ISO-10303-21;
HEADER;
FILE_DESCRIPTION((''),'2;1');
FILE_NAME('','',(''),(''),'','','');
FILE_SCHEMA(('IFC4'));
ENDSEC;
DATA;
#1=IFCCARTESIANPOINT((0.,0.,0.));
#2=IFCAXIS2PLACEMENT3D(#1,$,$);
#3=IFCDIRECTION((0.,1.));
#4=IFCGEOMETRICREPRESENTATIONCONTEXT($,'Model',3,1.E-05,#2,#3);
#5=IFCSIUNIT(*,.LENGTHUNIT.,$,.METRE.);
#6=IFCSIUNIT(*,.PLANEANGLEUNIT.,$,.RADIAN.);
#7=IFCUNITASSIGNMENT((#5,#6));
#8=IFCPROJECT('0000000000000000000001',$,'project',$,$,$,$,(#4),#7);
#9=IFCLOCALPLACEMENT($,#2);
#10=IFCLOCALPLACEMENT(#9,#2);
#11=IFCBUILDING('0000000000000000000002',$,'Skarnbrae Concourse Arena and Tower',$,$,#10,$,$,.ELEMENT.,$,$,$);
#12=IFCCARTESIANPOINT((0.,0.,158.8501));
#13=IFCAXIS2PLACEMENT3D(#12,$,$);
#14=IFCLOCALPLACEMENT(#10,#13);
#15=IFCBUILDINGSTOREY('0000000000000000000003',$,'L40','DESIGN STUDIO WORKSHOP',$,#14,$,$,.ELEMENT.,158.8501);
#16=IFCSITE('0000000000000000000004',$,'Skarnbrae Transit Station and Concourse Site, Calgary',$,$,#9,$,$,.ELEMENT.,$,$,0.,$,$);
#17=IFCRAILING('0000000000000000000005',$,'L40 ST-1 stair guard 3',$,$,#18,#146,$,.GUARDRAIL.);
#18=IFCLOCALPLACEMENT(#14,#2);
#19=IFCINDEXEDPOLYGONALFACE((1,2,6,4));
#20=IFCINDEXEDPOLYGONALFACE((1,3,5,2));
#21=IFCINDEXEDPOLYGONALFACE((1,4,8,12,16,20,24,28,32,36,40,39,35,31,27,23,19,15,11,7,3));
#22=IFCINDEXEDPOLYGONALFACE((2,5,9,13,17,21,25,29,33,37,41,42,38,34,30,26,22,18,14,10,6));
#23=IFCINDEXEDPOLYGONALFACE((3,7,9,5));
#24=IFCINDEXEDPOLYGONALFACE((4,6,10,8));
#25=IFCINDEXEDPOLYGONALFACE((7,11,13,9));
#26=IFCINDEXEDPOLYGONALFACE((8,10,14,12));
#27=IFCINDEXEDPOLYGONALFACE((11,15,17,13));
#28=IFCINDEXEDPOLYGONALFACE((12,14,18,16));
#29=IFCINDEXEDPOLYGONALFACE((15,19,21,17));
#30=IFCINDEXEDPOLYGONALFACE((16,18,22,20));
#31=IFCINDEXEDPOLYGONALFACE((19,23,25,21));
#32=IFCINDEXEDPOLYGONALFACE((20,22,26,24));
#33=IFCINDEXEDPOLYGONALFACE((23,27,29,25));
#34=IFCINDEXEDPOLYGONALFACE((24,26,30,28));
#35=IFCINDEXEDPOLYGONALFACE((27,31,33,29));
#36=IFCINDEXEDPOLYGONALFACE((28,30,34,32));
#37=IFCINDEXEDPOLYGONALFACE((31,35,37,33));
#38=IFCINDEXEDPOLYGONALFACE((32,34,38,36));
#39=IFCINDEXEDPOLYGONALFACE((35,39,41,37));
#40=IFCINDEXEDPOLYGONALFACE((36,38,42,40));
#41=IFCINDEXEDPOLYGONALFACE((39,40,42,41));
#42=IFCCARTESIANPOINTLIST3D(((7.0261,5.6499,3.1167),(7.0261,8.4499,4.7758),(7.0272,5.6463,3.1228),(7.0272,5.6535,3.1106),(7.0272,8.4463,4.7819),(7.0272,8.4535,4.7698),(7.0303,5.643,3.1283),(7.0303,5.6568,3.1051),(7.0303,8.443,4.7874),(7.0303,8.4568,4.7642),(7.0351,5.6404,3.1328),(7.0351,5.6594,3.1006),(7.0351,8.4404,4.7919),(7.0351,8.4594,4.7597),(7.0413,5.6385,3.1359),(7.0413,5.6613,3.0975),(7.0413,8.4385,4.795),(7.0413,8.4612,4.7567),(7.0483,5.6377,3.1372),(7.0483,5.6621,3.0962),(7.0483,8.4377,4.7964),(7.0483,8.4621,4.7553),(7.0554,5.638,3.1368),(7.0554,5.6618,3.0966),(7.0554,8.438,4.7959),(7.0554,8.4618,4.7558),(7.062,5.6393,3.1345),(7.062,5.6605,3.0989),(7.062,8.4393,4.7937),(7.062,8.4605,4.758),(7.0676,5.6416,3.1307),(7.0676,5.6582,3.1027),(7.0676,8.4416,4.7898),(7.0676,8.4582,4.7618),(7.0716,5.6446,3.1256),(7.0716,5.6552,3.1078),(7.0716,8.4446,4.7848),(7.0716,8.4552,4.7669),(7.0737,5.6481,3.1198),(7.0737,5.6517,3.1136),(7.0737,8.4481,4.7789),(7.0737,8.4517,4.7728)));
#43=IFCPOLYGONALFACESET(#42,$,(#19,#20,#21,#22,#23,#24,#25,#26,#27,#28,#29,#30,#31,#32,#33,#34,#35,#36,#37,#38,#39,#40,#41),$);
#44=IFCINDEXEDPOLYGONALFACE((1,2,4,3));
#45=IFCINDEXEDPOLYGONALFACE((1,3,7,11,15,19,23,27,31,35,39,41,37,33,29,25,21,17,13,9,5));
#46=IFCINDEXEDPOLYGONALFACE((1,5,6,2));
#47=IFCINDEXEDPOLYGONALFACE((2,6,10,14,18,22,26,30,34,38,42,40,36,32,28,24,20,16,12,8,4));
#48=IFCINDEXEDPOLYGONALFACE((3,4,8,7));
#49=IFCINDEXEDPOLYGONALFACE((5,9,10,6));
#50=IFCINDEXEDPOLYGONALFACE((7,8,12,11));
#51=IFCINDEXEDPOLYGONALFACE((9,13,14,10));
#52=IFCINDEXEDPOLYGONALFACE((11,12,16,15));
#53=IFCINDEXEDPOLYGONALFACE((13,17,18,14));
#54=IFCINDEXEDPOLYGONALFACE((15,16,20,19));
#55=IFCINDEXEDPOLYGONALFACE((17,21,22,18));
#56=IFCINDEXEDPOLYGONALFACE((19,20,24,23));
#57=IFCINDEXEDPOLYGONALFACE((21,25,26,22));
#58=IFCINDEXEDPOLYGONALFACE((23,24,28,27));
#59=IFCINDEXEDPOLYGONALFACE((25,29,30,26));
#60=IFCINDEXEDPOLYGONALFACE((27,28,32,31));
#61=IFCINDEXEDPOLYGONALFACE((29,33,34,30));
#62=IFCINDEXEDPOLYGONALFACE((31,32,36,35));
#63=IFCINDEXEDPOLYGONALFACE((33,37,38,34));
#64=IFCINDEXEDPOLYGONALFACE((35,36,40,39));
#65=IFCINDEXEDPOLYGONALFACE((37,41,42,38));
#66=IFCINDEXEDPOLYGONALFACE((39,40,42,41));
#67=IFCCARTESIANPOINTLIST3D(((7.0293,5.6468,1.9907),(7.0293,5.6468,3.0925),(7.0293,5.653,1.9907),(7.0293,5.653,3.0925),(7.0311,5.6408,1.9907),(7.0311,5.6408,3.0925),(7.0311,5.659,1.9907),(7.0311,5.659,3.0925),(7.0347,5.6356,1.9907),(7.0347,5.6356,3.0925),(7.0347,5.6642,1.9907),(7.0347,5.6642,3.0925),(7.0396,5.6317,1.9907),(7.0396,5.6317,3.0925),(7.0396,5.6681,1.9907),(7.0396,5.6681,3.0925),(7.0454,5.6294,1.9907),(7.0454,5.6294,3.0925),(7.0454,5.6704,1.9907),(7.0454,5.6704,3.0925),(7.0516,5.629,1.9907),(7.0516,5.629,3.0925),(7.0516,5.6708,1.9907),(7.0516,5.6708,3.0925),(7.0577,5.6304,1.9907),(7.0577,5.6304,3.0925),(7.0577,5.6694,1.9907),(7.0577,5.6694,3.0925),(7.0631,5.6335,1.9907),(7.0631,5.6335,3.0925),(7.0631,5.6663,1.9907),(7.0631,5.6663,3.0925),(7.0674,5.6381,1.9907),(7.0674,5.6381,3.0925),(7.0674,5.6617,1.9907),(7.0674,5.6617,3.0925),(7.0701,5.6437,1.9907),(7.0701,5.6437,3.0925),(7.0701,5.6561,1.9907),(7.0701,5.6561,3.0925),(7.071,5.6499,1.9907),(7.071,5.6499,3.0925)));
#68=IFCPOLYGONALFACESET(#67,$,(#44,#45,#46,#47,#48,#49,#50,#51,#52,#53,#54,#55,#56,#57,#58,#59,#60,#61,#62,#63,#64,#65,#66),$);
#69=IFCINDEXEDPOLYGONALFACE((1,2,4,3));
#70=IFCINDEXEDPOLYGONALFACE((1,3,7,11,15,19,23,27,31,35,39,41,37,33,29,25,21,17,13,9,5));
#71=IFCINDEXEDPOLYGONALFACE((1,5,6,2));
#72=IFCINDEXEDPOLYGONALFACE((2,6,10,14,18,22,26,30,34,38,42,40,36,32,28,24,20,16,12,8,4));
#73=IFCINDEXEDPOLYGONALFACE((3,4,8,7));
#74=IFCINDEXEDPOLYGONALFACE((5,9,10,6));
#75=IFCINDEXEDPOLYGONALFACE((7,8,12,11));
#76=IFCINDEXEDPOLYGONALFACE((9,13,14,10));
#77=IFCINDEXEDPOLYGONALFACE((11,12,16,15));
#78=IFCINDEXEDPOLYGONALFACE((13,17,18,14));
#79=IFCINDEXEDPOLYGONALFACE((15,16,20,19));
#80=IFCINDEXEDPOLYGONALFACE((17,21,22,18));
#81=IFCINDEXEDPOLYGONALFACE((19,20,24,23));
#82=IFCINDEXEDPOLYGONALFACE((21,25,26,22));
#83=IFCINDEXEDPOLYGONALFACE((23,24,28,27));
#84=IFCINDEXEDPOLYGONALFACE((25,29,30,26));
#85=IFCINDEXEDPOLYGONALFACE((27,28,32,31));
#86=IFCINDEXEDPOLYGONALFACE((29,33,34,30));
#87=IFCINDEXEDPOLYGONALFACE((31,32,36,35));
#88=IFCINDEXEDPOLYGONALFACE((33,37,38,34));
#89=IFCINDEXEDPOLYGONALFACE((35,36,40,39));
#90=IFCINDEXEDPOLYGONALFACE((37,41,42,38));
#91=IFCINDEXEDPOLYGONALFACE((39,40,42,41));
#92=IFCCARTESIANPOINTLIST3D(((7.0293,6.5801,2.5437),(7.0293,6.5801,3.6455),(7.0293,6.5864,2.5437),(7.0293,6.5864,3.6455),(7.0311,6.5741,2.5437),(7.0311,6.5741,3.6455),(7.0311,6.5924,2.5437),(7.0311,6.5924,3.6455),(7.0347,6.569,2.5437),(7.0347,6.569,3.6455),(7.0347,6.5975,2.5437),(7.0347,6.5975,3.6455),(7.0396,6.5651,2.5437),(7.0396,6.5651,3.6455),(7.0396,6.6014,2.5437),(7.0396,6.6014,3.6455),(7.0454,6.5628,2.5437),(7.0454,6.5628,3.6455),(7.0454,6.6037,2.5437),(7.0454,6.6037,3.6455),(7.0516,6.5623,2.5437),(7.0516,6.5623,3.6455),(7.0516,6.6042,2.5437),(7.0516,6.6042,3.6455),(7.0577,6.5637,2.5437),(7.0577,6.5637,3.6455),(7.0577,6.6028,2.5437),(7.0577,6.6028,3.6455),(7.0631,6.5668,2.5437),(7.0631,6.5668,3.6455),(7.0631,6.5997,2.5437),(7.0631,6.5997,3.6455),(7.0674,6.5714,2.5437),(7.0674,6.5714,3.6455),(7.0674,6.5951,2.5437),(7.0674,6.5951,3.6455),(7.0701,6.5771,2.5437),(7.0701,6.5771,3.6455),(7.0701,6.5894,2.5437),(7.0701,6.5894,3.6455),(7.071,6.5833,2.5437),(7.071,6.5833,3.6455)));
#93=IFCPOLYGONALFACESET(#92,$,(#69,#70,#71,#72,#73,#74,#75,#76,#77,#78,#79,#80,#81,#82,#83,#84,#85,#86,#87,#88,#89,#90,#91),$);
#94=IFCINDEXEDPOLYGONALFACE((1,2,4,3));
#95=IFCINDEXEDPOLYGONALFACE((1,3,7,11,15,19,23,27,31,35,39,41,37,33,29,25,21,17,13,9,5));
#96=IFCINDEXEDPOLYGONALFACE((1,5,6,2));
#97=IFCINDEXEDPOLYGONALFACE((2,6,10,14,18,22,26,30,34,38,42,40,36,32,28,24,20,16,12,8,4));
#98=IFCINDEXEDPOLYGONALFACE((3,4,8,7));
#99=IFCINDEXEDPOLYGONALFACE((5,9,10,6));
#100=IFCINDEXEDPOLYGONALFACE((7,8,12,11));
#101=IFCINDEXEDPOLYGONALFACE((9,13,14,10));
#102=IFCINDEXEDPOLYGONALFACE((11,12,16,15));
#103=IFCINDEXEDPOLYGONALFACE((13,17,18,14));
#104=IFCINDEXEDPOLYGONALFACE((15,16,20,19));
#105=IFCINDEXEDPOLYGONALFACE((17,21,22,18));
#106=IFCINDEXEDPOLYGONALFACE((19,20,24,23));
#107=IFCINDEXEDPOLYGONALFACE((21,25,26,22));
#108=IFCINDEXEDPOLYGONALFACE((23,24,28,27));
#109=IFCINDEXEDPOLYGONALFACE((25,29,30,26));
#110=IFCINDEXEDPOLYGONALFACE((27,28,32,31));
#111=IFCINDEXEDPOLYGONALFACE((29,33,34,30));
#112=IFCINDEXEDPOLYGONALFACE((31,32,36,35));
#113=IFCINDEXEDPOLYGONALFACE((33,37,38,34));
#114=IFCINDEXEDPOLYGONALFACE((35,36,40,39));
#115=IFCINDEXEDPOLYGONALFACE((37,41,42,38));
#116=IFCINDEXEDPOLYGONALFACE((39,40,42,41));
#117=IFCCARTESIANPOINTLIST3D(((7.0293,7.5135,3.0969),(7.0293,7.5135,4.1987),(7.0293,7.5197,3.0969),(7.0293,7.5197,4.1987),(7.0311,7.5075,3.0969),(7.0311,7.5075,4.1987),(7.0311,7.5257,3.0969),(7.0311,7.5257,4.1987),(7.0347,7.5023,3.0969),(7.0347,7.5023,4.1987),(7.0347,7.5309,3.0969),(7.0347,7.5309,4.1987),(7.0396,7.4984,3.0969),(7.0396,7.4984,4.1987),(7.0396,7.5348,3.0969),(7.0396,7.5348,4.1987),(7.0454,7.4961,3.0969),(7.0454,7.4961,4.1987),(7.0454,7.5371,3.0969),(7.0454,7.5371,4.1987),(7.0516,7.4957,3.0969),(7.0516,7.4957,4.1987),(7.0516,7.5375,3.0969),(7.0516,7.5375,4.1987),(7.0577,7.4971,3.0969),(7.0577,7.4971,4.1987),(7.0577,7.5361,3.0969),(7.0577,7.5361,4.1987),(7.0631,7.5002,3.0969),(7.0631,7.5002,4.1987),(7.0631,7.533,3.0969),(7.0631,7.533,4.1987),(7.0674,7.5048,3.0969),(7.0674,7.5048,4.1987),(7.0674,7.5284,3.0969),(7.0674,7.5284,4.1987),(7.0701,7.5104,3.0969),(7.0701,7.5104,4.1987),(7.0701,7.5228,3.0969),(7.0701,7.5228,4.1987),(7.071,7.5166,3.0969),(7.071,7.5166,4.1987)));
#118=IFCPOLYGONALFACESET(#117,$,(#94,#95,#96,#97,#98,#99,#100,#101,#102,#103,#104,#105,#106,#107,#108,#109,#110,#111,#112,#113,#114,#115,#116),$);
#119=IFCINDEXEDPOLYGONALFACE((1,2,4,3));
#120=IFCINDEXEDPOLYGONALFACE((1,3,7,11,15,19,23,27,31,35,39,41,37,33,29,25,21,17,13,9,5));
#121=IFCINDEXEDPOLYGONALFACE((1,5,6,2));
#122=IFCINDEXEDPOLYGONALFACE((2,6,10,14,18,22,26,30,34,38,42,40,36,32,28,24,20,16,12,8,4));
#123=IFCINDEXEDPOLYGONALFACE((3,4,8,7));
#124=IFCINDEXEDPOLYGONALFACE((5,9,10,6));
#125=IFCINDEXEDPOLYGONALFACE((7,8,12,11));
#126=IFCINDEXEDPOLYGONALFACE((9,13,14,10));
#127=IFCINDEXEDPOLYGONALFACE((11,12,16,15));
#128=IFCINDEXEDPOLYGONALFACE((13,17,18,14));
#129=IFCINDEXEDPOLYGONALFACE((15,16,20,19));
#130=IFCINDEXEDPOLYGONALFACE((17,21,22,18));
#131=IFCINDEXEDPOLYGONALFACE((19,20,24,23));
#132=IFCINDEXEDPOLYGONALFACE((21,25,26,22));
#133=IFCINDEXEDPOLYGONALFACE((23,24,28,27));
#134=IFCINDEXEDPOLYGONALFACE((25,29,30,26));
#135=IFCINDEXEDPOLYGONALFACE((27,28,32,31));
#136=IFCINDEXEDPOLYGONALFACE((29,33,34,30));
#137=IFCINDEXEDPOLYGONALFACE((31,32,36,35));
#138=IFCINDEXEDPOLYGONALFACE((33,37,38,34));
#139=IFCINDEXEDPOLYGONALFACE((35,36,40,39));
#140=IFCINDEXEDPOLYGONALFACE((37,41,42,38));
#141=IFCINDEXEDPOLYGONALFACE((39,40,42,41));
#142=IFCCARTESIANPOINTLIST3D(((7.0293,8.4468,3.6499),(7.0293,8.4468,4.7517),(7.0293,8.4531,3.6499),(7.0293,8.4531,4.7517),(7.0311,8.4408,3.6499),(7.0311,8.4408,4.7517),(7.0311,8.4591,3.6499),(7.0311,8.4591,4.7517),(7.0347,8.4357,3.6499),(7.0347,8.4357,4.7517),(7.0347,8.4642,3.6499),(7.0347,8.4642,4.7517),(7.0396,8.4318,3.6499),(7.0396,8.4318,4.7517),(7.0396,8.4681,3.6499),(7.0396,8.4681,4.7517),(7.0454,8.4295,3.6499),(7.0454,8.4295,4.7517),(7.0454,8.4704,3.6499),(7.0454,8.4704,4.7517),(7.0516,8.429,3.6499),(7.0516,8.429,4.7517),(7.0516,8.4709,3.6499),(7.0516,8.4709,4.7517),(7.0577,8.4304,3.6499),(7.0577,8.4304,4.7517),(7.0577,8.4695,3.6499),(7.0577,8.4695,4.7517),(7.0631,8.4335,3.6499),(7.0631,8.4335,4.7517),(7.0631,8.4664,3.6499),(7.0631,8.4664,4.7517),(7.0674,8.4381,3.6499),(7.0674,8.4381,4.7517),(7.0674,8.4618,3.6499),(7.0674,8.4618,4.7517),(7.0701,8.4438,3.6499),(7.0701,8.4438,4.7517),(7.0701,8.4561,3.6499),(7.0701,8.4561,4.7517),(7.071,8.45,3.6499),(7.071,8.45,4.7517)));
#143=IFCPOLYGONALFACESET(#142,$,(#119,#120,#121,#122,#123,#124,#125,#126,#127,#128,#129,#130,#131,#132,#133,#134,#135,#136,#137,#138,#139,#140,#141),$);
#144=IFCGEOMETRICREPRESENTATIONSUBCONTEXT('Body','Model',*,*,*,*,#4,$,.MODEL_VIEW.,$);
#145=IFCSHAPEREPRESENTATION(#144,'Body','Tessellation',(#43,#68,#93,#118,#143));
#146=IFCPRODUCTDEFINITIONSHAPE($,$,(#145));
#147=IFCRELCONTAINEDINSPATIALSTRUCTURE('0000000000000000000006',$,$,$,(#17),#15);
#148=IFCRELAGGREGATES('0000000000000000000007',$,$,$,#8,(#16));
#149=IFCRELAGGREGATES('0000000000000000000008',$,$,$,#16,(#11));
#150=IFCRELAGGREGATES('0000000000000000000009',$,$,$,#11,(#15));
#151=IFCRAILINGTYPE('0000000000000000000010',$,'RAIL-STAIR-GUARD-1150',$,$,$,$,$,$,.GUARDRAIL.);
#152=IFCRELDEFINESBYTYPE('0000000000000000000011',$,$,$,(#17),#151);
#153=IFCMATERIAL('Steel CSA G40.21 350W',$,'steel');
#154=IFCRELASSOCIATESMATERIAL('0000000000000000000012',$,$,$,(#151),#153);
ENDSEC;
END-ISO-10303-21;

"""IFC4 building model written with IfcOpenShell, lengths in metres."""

from ifc_helpers import new_model, si_unit, direction, frame, origin, origin_2d, place, context, subcontext, project, spatial, circle, extrude, material, type_object, element, save


model = new_model("IFC4")

# Units and contexts
model_context = context("Model", 3, precision=1e-05, world=origin(), true_north=direction((0.0, 1.0)))
body_context = subcontext(model_context, "Body", "Model", "MODEL_VIEW")
ifc_project = project(units=[si_unit("LENGTHUNIT", "METRE"), si_unit("PLANEANGLEUNIT", "RADIAN")], contexts=[model_context])

# Site, building, storey
site_placement = place(None, origin())
site = spatial("IfcSite", under=ifc_project, at=site_placement, Name="Skarnbrae Transit Station and Concourse Site, Calgary", CompositionType="ELEMENT", RefElevation=0.0)
building_placement = place(site_placement, origin())
building = spatial("IfcBuilding", under=site, at=building_placement, Name="Skarnbrae Concourse Arena and Tower", CompositionType="ELEMENT")
storey_placement = place(building_placement, frame((0.0, 0.0, 158.8501)))
storey = spatial("IfcBuildingStorey", under=building, at=storey_placement, Name="L40", Description="DESIGN STUDIO WORKSHOP", CompositionType="ELEMENT", Elevation=158.8501)

# Railing
ifc_material_1 = material(Name="Steel CSA G40.21 350W", Category="steel")
railing_type_1 = type_object("IfcRailingType", Name="RAIL-STAIR-GUARD-1150", PredefinedType="GUARDRAIL", material=ifc_material_1)
railing_1_placement = place(storey_placement, frame((7.05, 5.6499, 1.9907)))
element("IfcRailing", 1, at=railing_1_placement, inside=storey, type_object=railing_type_1, Name="L40 ST-1 stair guard 3", PredefinedType="GUARDRAIL", context=body_context, shape_type="SweptSolid", body=[
    extrude(circle(Radius=0.0239, at=origin_2d()), frame((0.0, 0.0, 1.126), z_axis=(0.0, 0.860306, 0.509778), x_axis=(-1.0, 0.0, 0.0)), (0.0, 0.0, 1.0), 3.2546),
    extrude(circle(Radius=0.021, at=origin_2d()), origin(), (0.0, 0.0, 1.0), 1.1018),
    extrude(circle(Radius=0.021, at=origin_2d()), frame((0.0, 0.9333, 0.553)), (0.0, 0.0, 1.0), 1.1018),
    extrude(circle(Radius=0.021, at=origin_2d()), frame((0.0, 1.8667, 1.1062)), (0.0, 0.0, 1.0), 1.1018),
    extrude(circle(Radius=0.021, at=origin_2d()), frame((0.0, 2.8, 1.6592)), (0.0, 0.0, 1.0), 1.1018),
])

save(model, "model.ifc")
